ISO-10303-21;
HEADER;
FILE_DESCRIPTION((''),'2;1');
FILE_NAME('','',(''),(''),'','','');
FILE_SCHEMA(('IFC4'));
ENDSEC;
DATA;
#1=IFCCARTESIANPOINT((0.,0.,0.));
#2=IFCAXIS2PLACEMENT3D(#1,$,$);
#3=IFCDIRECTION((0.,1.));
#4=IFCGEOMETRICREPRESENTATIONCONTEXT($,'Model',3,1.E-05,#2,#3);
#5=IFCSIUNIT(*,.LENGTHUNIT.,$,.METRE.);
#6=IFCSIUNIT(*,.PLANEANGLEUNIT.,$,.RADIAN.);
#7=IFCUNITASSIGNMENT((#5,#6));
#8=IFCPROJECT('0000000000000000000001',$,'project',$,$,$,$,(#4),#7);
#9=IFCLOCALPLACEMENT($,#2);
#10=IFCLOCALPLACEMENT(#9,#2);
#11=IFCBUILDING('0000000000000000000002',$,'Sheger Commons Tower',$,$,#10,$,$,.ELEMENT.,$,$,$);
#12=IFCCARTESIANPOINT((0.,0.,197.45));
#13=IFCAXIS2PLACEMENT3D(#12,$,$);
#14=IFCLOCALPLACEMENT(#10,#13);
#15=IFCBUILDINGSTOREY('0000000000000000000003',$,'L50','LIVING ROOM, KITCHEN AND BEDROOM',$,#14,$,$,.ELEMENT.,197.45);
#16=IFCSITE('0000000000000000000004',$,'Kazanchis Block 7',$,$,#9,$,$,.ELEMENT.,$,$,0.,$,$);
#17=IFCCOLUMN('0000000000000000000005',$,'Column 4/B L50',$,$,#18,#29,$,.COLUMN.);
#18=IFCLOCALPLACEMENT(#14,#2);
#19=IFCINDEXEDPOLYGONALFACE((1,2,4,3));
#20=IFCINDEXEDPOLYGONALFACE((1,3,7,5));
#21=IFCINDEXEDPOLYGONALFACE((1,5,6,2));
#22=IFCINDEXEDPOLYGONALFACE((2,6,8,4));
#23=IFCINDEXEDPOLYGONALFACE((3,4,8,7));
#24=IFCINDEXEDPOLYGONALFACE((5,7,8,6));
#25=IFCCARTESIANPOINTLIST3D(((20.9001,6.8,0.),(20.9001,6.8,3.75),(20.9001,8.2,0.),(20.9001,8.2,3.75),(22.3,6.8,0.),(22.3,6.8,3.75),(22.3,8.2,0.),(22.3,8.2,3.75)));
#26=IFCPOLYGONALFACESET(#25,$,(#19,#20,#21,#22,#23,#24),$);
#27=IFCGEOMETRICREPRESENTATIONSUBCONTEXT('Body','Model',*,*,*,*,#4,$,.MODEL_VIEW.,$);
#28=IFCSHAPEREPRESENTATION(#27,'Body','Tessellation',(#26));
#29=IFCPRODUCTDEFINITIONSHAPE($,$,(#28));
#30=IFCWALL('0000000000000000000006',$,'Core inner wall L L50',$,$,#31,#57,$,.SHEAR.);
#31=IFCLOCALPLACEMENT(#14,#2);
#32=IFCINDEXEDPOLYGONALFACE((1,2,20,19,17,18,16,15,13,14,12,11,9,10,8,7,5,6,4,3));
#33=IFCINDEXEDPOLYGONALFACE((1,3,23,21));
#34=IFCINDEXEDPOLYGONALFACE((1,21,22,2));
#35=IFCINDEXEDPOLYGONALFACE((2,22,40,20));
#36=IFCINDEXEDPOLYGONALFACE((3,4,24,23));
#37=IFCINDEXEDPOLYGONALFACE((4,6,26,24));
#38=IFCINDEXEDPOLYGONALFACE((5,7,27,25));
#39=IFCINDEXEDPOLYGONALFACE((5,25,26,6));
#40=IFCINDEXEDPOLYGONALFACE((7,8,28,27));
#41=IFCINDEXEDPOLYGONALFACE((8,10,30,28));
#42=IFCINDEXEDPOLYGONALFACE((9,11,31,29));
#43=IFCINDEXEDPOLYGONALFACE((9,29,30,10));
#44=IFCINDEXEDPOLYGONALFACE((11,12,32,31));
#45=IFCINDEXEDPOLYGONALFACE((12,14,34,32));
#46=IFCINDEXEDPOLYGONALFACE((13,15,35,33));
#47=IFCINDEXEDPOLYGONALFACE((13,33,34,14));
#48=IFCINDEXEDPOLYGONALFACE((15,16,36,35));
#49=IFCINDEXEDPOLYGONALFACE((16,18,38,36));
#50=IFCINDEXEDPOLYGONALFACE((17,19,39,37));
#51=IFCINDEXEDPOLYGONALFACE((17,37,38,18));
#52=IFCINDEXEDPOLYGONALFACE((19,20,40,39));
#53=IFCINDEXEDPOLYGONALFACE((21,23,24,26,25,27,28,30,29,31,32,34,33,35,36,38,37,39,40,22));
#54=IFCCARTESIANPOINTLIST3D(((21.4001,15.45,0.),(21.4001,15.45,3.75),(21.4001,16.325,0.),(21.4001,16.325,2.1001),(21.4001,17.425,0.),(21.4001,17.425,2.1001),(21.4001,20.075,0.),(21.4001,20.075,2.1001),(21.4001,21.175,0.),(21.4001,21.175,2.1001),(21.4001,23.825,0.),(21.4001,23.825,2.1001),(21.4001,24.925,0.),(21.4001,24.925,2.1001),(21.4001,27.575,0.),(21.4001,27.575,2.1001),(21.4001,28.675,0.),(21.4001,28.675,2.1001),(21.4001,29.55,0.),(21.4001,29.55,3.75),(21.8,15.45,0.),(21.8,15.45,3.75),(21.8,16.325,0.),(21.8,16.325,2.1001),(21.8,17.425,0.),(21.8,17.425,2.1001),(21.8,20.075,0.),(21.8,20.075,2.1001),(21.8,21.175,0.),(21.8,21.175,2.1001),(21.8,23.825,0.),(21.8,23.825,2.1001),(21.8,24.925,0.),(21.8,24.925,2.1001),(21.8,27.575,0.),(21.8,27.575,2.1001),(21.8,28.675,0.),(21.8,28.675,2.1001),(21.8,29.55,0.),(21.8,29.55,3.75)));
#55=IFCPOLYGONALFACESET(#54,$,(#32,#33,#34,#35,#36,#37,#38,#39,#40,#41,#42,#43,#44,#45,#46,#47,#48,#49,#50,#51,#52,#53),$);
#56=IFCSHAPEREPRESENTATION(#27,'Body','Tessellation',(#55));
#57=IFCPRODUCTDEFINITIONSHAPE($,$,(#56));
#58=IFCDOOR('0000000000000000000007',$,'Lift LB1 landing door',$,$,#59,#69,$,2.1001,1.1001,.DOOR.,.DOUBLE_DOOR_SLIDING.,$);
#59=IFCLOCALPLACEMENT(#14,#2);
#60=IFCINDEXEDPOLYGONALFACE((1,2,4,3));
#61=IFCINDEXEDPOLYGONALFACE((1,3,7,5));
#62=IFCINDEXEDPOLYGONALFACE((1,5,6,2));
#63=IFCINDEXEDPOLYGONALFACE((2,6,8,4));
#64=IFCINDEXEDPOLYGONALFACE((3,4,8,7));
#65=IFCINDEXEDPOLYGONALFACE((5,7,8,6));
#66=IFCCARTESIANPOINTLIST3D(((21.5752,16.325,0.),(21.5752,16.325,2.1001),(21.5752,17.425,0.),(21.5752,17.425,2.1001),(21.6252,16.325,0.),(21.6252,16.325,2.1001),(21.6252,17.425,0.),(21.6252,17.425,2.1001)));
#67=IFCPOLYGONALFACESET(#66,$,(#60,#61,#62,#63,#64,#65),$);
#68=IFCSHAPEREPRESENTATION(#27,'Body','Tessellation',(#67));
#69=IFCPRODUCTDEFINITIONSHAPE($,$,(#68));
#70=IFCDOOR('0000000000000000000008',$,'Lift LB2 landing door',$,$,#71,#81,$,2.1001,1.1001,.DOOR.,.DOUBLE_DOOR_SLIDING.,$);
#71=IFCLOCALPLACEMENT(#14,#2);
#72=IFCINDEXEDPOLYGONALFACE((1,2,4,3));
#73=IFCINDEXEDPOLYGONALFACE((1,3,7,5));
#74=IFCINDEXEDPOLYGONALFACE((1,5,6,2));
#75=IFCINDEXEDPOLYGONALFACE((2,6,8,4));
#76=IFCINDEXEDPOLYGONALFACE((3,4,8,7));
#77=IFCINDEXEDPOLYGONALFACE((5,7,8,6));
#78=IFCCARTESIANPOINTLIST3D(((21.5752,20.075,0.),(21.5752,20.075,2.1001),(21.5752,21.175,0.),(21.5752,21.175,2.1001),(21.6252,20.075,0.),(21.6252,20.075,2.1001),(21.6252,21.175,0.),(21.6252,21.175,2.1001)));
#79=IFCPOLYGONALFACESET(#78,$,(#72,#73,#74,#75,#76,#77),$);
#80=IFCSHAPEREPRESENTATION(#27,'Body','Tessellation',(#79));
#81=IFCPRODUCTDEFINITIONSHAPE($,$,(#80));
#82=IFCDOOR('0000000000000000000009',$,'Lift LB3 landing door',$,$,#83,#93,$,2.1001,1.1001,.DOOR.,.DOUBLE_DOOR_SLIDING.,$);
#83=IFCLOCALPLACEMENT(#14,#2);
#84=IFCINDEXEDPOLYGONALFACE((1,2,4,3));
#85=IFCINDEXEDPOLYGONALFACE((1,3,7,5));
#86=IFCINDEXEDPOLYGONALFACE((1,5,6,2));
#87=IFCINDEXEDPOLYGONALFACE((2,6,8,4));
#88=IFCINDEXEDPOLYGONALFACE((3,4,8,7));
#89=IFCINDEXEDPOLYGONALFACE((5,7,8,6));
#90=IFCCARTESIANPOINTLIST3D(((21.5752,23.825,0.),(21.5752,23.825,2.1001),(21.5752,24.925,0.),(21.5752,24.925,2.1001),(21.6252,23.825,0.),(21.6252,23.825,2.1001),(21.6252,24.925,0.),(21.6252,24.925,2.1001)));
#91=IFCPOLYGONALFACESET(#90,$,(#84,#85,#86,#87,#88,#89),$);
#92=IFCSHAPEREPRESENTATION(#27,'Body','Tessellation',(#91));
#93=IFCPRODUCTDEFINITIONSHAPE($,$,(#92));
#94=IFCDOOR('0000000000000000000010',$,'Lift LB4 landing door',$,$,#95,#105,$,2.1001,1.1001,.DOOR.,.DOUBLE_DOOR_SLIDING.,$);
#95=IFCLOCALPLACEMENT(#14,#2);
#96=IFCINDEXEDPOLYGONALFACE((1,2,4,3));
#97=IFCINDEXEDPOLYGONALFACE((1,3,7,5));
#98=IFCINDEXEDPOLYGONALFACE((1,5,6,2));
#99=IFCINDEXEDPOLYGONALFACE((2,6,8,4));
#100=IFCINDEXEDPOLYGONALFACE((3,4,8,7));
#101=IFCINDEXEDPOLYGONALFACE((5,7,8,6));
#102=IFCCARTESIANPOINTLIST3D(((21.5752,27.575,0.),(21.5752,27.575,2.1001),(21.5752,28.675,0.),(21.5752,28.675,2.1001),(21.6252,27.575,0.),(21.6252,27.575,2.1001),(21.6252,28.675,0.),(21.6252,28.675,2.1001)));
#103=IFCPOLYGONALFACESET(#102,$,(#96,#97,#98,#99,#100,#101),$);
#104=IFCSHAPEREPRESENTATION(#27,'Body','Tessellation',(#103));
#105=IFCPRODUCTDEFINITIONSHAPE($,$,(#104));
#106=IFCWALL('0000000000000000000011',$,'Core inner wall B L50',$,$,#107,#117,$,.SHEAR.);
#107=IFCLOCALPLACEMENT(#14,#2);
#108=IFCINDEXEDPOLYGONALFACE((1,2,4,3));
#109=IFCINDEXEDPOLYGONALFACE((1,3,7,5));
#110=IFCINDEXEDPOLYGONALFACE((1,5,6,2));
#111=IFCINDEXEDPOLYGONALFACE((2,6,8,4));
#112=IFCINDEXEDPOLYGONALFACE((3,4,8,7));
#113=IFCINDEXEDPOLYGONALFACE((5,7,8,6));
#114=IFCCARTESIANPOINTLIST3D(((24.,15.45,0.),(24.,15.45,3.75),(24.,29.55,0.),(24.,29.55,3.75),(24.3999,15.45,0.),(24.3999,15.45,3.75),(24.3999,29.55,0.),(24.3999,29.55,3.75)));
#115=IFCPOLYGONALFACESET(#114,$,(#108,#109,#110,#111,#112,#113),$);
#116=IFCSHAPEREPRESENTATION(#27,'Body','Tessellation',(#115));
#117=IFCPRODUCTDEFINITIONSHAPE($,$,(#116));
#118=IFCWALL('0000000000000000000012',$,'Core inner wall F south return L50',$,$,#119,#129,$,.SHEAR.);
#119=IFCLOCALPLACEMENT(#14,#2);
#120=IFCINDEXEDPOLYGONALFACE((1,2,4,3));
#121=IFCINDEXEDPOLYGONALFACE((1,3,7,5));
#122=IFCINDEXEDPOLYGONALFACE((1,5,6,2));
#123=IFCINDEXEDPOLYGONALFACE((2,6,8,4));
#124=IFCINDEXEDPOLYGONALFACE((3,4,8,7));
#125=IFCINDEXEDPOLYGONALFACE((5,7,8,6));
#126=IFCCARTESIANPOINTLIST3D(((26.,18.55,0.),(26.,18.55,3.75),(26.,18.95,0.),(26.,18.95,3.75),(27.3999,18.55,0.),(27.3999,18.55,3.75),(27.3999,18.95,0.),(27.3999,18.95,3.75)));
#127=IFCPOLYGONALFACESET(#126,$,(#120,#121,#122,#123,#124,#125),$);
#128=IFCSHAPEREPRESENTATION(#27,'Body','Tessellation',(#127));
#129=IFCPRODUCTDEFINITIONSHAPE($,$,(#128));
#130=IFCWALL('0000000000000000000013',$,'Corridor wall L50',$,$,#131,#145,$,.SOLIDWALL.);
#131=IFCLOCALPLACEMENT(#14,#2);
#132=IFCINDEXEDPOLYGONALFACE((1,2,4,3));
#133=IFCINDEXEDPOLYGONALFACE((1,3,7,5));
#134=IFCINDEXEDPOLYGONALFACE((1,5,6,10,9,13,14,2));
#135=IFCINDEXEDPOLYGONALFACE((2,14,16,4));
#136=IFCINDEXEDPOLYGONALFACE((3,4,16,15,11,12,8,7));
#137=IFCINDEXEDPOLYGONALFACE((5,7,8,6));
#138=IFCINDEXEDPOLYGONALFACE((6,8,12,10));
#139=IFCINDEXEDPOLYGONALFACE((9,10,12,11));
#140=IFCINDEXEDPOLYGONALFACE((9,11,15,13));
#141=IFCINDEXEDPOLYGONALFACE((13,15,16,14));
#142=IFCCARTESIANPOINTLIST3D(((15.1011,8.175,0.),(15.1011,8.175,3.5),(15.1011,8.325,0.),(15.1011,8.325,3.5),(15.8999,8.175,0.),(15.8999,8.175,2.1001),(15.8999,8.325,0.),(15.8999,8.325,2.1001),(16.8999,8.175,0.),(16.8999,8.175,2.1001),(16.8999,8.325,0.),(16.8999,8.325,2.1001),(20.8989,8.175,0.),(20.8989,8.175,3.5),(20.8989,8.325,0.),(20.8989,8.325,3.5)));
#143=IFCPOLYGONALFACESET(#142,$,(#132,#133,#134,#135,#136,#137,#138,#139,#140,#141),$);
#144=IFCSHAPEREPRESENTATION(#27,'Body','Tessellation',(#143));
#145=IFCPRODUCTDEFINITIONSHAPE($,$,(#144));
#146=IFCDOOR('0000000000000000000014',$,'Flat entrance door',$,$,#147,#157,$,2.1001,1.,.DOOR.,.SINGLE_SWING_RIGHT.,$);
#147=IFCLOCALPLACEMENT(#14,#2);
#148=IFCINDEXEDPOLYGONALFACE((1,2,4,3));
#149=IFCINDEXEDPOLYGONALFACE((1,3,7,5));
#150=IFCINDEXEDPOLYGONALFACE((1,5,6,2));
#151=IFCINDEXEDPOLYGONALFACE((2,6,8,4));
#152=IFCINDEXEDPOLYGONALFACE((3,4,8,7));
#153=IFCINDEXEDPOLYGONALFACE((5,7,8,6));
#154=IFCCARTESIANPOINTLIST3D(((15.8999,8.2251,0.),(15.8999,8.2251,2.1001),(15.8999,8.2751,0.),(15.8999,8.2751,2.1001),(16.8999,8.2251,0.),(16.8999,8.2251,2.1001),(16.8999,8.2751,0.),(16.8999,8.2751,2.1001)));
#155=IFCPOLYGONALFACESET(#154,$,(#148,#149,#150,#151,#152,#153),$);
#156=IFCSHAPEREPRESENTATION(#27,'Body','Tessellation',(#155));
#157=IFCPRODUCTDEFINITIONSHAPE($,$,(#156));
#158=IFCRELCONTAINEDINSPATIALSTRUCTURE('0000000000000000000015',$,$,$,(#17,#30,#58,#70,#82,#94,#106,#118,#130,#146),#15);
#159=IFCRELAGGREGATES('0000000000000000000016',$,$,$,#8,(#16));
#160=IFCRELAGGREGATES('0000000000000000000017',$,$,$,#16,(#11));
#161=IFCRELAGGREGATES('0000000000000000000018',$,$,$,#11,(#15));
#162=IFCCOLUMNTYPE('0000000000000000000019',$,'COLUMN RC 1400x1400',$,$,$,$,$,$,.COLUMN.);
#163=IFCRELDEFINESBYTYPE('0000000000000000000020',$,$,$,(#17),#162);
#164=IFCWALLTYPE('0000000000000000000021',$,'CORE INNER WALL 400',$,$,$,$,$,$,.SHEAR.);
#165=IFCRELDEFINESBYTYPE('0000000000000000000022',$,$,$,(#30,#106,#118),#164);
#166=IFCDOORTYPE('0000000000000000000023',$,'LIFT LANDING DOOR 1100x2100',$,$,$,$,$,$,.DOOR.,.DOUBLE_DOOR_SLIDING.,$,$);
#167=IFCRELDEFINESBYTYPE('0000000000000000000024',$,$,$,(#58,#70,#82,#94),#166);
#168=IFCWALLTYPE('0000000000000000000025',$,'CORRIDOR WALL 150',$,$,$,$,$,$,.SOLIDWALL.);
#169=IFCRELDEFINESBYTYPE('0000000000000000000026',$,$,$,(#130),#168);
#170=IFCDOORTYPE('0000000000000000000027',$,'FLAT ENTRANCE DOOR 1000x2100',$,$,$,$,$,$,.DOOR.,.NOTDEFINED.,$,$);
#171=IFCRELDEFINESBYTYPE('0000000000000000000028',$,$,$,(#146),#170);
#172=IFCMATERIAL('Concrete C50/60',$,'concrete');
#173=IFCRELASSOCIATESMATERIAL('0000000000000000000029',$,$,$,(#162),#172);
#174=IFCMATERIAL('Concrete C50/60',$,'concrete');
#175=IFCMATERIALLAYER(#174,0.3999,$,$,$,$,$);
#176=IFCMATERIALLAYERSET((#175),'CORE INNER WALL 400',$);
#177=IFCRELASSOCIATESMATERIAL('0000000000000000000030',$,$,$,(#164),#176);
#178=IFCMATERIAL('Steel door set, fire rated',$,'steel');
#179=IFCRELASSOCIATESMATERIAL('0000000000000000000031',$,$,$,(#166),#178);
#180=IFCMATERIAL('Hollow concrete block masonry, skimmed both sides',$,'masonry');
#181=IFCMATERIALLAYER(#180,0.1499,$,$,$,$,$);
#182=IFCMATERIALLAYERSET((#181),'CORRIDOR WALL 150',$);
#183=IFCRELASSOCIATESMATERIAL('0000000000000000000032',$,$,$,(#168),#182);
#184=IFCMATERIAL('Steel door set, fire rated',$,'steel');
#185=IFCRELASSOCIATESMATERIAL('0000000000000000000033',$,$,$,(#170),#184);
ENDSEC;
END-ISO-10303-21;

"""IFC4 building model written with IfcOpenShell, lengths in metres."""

from ifc_helpers import new_model, si_unit, direction, frame, frame_2d, origin, origin_2d, place, context, subcontext, project, spatial, rectangle, extrude, material, layer, layer_set, material_profile, profile_set, type_object, element, fill, save


model = new_model("IFC4")

# Units and contexts
model_context = context("Model", 3, precision=1e-05, world=origin(), true_north=direction((0.0, 1.0)))
body_context = subcontext(model_context, "Body", "Model", "MODEL_VIEW")
ifc_project = project(units=[si_unit("LENGTHUNIT", "METRE"), si_unit("PLANEANGLEUNIT", "RADIAN")], contexts=[model_context])

# Site, building, storey
site_placement = place(None, origin())
site = spatial("IfcSite", under=ifc_project, at=site_placement, Name="Kazanchis Block 7", CompositionType="ELEMENT", RefElevation=0.0)
building_placement = place(site_placement, origin())
building = spatial("IfcBuilding", under=site, at=building_placement, Name="Sheger Commons Tower", CompositionType="ELEMENT")
storey_placement = place(building_placement, frame((0.0, 0.0, 197.45)))
storey = spatial("IfcBuildingStorey", under=building, at=storey_placement, Name="L50", Description="LIVING ROOM, KITCHEN AND BEDROOM", CompositionType="ELEMENT", Elevation=197.45)

# Column
ifc_material_1 = material(Name="Concrete C50/60", Category="concrete")
ifc_material_profile = material_profile(ifc_material_1, rectangle(XDim=1.3999, YDim=1.3999, at=origin_2d()), Name="RC 1400x1400")
ifc_profile_set = profile_set([ifc_material_profile], Name="Concrete C50/60")
column_type = type_object("IfcColumnType", Name="COLUMN RC 1400x1400", PredefinedType="COLUMN", material=ifc_profile_set)
column_placement = place(storey_placement, frame((21.6001, 7.5, 0.0), z_axis=(0.0, 0.0, 1.0), x_axis=(1.0, 0.0, 0.0)))
element("IfcColumn", 1, at=column_placement, inside=storey, type_object=column_type, Name="Column 4/B L50", PredefinedType="COLUMN", context=body_context, shape_type="SweptSolid", body=[
    extrude(rectangle(XDim=1.3999, YDim=1.3999, at=origin_2d()), origin(), (0.0, 0.0, 1.0), 3.75),
])

# Wall, openings, doors
ifc_material_2 = material(Name="Concrete C50/60", Category="concrete")
ifc_layer_1 = layer(ifc_material_2, 0.3999)
ifc_layer_set_1 = layer_set([ifc_layer_1], Name="CORE INNER WALL 400")
wall_type_1 = type_object("IfcWallType", Name="CORE INNER WALL 400", PredefinedType="SHEAR", material=ifc_layer_set_1)
wall_1_placement = place(storey_placement, frame((21.6001, 15.45, 0.0), z_axis=(0.0, 0.0, 1.0), x_axis=(0.0, 1.0, 0.0)))
wall_1 = element("IfcWall", 2, at=wall_1_placement, inside=storey, type_object=wall_type_1, Name="Core inner wall L L50", PredefinedType="SHEAR", context=body_context, shape_type="SweptSolid", body=[
    extrude(rectangle(XDim=14.1001, YDim=0.3999, at=frame_2d((7.05, 0.0))), origin(), (0.0, 0.0, 1.0), 3.75),
])
opening_1_placement = place(wall_1_placement, frame((0.875, 0.0, 0.0)))
opening_1 = element("IfcOpeningElement", 3, at=opening_1_placement, cuts=wall_1, PredefinedType="OPENING", context=body_context, shape_type="SweptSolid", body=[
    extrude(rectangle(XDim=1.1001, YDim=2.1001, at=frame_2d((0.55, 1.05))), frame((0.0, 0.21, 0.0), z_axis=(0.0, -1.0, 0.0), x_axis=(1.0, 0.0, 0.0)), (0.0, 0.0, 1.0), 0.4199),
])
opening_2_placement = place(wall_1_placement, frame((4.625, 0.0, 0.0)))
opening_2 = element("IfcOpeningElement", 4, at=opening_2_placement, cuts=wall_1, PredefinedType="OPENING", context=body_context, shape_type="SweptSolid", body=[
    extrude(rectangle(XDim=1.1001, YDim=2.1001, at=frame_2d((0.55, 1.05))), frame((0.0, 0.21, 0.0), z_axis=(0.0, -1.0, 0.0), x_axis=(1.0, 0.0, 0.0)), (0.0, 0.0, 1.0), 0.4199),
])
opening_3_placement = place(wall_1_placement, frame((8.375, 0.0, 0.0)))
opening_3 = element("IfcOpeningElement", 5, at=opening_3_placement, cuts=wall_1, PredefinedType="OPENING", context=body_context, shape_type="SweptSolid", body=[
    extrude(rectangle(XDim=1.1001, YDim=2.1001, at=frame_2d((0.55, 1.05))), frame((0.0, 0.21, 0.0), z_axis=(0.0, -1.0, 0.0), x_axis=(1.0, 0.0, 0.0)), (0.0, 0.0, 1.0), 0.4199),
])
opening_4_placement = place(wall_1_placement, frame((12.125, 0.0, 0.0)))
opening_4 = element("IfcOpeningElement", 6, at=opening_4_placement, cuts=wall_1, PredefinedType="OPENING", context=body_context, shape_type="SweptSolid", body=[
    extrude(rectangle(XDim=1.1001, YDim=2.1001, at=frame_2d((0.55, 1.05))), frame((0.0, 0.21, 0.0), z_axis=(0.0, -1.0, 0.0), x_axis=(1.0, 0.0, 0.0)), (0.0, 0.0, 1.0), 0.4199),
])
ifc_material_3 = material(Name="Steel door set, fire rated", Category="steel")
door_type_1 = type_object("IfcDoorType", Name="LIFT LANDING DOOR 1100x2100", OperationType="DOUBLE_DOOR_SLIDING", PredefinedType="DOOR", material=ifc_material_3)
door_1_placement = place(opening_1_placement, origin())
door_1 = element("IfcDoor", 7, at=door_1_placement, inside=storey, type_object=door_type_1, Name="Lift LB1 landing door", OperationType="DOUBLE_DOOR_SLIDING", OverallHeight=2.1001, OverallWidth=1.1001, PredefinedType="DOOR", context=body_context, shape_type="SweptSolid", body=[
    extrude(rectangle(XDim=1.1001, YDim=2.1001, at=frame_2d((0.55, 1.05))), frame((0.0, 0.0249, 0.0), z_axis=(0.0, -1.0, 0.0), x_axis=(1.0, 0.0, 0.0)), (0.0, 0.0, 1.0), 0.05),
])
fill(opening_1, door_1)
door_2_placement = place(opening_2_placement, origin())
door_2 = element("IfcDoor", 8, at=door_2_placement, inside=storey, type_object=door_type_1, Name="Lift LB2 landing door", OperationType="DOUBLE_DOOR_SLIDING", OverallHeight=2.1001, OverallWidth=1.1001, PredefinedType="DOOR", context=body_context, shape_type="SweptSolid", body=[
    extrude(rectangle(XDim=1.1001, YDim=2.1001, at=frame_2d((0.55, 1.05))), frame((0.0, 0.0249, 0.0), z_axis=(0.0, -1.0, 0.0), x_axis=(1.0, 0.0, 0.0)), (0.0, 0.0, 1.0), 0.05),
])
fill(opening_2, door_2)
door_3_placement = place(opening_3_placement, origin())
door_3 = element("IfcDoor", 9, at=door_3_placement, inside=storey, type_object=door_type_1, Name="Lift LB3 landing door", OperationType="DOUBLE_DOOR_SLIDING", OverallHeight=2.1001, OverallWidth=1.1001, PredefinedType="DOOR", context=body_context, shape_type="SweptSolid", body=[
    extrude(rectangle(XDim=1.1001, YDim=2.1001, at=frame_2d((0.55, 1.05))), frame((0.0, 0.0249, 0.0), z_axis=(0.0, -1.0, 0.0), x_axis=(1.0, 0.0, 0.0)), (0.0, 0.0, 1.0), 0.05),
])
fill(opening_3, door_3)
door_4_placement = place(opening_4_placement, origin())
door_4 = element("IfcDoor", 10, at=door_4_placement, inside=storey, type_object=door_type_1, Name="Lift LB4 landing door", OperationType="DOUBLE_DOOR_SLIDING", OverallHeight=2.1001, OverallWidth=1.1001, PredefinedType="DOOR", context=body_context, shape_type="SweptSolid", body=[
    extrude(rectangle(XDim=1.1001, YDim=2.1001, at=frame_2d((0.55, 1.05))), frame((0.0, 0.0249, 0.0), z_axis=(0.0, -1.0, 0.0), x_axis=(1.0, 0.0, 0.0)), (0.0, 0.0, 1.0), 0.05),
])
fill(opening_4, door_4)

# Walls
wall_2_placement = place(storey_placement, frame((24.2, 15.45, 0.0), z_axis=(0.0, 0.0, 1.0), x_axis=(0.0, 1.0, 0.0)))
element("IfcWall", 11, at=wall_2_placement, inside=storey, type_object=wall_type_1, Name="Core inner wall B L50", PredefinedType="SHEAR", context=body_context, shape_type="SweptSolid", body=[
    extrude(rectangle(XDim=14.1001, YDim=0.3999, at=frame_2d((7.05, 0.0))), origin(), (0.0, 0.0, 1.0), 3.75),
])
wall_3_placement = place(storey_placement, frame((26.0, 18.75, 0.0), z_axis=(0.0, 0.0, 1.0), x_axis=(1.0, 0.0, 0.0)))
element("IfcWall", 12, at=wall_3_placement, inside=storey, type_object=wall_type_1, Name="Core inner wall F south return L50", PredefinedType="SHEAR", context=body_context, shape_type="SweptSolid", body=[
    extrude(rectangle(XDim=1.3999, YDim=0.3999, at=frame_2d((0.7, 0.0))), origin(), (0.0, 0.0, 1.0), 3.75),
])

# Wall, opening, door
ifc_material_4 = material(Name="Hollow concrete block masonry, skimmed both sides", Category="masonry")
ifc_layer_2 = layer(ifc_material_4, 0.1499)
ifc_layer_set_2 = layer_set([ifc_layer_2], Name="CORRIDOR WALL 150")
wall_type_2 = type_object("IfcWallType", Name="CORRIDOR WALL 150", PredefinedType="SOLIDWALL", material=ifc_layer_set_2)
wall_4_placement = place(storey_placement, frame((20.8989, 8.25, 0.0), z_axis=(0.0, 0.0, 1.0), x_axis=(-1.0, 0.0, 0.0)))
wall_4 = element("IfcWall", 13, at=wall_4_placement, inside=storey, type_object=wall_type_2, Name="Corridor wall L50", PredefinedType="SOLIDWALL", context=body_context, shape_type="SweptSolid", body=[
    extrude(rectangle(XDim=5.7979, YDim=0.1499, at=frame_2d((2.8989, 0.0))), origin(), (0.0, 0.0, 1.0), 3.5),
])
opening_5_placement = place(wall_4_placement, frame((3.999, 0.0, 0.0)))
opening_5 = element("IfcOpeningElement", 14, at=opening_5_placement, cuts=wall_4, PredefinedType="OPENING", context=body_context, shape_type="SweptSolid", body=[
    extrude(rectangle(XDim=1.0, YDim=2.1001, at=frame_2d((0.5, 1.05))), frame((0.0, 0.085, 0.0), z_axis=(0.0, -1.0, 0.0), x_axis=(1.0, 0.0, 0.0)), (0.0, 0.0, 1.0), 0.1699),
])
ifc_material_5 = material(Name="Steel door set, fire rated", Category="steel")
door_type_2 = type_object("IfcDoorType", Name="FLAT ENTRANCE DOOR 1000x2100", OperationType="NOTDEFINED", PredefinedType="DOOR", material=ifc_material_5)
door_5_placement = place(opening_5_placement, origin())
door_5 = element("IfcDoor", 15, at=door_5_placement, inside=storey, type_object=door_type_2, Name="Flat entrance door", OperationType="SINGLE_SWING_RIGHT", OverallHeight=2.1001, OverallWidth=1.0, PredefinedType="DOOR", context=body_context, shape_type="SweptSolid", body=[
    extrude(rectangle(XDim=1.0, YDim=2.1001, at=frame_2d((0.5, 1.05))), frame((0.0, 0.0249, 0.0), z_axis=(0.0, -1.0, 0.0), x_axis=(1.0, 0.0, 0.0)), (0.0, 0.0, 1.0), 0.05),
])
fill(opening_5, door_5)

save(model, "model.ifc")
